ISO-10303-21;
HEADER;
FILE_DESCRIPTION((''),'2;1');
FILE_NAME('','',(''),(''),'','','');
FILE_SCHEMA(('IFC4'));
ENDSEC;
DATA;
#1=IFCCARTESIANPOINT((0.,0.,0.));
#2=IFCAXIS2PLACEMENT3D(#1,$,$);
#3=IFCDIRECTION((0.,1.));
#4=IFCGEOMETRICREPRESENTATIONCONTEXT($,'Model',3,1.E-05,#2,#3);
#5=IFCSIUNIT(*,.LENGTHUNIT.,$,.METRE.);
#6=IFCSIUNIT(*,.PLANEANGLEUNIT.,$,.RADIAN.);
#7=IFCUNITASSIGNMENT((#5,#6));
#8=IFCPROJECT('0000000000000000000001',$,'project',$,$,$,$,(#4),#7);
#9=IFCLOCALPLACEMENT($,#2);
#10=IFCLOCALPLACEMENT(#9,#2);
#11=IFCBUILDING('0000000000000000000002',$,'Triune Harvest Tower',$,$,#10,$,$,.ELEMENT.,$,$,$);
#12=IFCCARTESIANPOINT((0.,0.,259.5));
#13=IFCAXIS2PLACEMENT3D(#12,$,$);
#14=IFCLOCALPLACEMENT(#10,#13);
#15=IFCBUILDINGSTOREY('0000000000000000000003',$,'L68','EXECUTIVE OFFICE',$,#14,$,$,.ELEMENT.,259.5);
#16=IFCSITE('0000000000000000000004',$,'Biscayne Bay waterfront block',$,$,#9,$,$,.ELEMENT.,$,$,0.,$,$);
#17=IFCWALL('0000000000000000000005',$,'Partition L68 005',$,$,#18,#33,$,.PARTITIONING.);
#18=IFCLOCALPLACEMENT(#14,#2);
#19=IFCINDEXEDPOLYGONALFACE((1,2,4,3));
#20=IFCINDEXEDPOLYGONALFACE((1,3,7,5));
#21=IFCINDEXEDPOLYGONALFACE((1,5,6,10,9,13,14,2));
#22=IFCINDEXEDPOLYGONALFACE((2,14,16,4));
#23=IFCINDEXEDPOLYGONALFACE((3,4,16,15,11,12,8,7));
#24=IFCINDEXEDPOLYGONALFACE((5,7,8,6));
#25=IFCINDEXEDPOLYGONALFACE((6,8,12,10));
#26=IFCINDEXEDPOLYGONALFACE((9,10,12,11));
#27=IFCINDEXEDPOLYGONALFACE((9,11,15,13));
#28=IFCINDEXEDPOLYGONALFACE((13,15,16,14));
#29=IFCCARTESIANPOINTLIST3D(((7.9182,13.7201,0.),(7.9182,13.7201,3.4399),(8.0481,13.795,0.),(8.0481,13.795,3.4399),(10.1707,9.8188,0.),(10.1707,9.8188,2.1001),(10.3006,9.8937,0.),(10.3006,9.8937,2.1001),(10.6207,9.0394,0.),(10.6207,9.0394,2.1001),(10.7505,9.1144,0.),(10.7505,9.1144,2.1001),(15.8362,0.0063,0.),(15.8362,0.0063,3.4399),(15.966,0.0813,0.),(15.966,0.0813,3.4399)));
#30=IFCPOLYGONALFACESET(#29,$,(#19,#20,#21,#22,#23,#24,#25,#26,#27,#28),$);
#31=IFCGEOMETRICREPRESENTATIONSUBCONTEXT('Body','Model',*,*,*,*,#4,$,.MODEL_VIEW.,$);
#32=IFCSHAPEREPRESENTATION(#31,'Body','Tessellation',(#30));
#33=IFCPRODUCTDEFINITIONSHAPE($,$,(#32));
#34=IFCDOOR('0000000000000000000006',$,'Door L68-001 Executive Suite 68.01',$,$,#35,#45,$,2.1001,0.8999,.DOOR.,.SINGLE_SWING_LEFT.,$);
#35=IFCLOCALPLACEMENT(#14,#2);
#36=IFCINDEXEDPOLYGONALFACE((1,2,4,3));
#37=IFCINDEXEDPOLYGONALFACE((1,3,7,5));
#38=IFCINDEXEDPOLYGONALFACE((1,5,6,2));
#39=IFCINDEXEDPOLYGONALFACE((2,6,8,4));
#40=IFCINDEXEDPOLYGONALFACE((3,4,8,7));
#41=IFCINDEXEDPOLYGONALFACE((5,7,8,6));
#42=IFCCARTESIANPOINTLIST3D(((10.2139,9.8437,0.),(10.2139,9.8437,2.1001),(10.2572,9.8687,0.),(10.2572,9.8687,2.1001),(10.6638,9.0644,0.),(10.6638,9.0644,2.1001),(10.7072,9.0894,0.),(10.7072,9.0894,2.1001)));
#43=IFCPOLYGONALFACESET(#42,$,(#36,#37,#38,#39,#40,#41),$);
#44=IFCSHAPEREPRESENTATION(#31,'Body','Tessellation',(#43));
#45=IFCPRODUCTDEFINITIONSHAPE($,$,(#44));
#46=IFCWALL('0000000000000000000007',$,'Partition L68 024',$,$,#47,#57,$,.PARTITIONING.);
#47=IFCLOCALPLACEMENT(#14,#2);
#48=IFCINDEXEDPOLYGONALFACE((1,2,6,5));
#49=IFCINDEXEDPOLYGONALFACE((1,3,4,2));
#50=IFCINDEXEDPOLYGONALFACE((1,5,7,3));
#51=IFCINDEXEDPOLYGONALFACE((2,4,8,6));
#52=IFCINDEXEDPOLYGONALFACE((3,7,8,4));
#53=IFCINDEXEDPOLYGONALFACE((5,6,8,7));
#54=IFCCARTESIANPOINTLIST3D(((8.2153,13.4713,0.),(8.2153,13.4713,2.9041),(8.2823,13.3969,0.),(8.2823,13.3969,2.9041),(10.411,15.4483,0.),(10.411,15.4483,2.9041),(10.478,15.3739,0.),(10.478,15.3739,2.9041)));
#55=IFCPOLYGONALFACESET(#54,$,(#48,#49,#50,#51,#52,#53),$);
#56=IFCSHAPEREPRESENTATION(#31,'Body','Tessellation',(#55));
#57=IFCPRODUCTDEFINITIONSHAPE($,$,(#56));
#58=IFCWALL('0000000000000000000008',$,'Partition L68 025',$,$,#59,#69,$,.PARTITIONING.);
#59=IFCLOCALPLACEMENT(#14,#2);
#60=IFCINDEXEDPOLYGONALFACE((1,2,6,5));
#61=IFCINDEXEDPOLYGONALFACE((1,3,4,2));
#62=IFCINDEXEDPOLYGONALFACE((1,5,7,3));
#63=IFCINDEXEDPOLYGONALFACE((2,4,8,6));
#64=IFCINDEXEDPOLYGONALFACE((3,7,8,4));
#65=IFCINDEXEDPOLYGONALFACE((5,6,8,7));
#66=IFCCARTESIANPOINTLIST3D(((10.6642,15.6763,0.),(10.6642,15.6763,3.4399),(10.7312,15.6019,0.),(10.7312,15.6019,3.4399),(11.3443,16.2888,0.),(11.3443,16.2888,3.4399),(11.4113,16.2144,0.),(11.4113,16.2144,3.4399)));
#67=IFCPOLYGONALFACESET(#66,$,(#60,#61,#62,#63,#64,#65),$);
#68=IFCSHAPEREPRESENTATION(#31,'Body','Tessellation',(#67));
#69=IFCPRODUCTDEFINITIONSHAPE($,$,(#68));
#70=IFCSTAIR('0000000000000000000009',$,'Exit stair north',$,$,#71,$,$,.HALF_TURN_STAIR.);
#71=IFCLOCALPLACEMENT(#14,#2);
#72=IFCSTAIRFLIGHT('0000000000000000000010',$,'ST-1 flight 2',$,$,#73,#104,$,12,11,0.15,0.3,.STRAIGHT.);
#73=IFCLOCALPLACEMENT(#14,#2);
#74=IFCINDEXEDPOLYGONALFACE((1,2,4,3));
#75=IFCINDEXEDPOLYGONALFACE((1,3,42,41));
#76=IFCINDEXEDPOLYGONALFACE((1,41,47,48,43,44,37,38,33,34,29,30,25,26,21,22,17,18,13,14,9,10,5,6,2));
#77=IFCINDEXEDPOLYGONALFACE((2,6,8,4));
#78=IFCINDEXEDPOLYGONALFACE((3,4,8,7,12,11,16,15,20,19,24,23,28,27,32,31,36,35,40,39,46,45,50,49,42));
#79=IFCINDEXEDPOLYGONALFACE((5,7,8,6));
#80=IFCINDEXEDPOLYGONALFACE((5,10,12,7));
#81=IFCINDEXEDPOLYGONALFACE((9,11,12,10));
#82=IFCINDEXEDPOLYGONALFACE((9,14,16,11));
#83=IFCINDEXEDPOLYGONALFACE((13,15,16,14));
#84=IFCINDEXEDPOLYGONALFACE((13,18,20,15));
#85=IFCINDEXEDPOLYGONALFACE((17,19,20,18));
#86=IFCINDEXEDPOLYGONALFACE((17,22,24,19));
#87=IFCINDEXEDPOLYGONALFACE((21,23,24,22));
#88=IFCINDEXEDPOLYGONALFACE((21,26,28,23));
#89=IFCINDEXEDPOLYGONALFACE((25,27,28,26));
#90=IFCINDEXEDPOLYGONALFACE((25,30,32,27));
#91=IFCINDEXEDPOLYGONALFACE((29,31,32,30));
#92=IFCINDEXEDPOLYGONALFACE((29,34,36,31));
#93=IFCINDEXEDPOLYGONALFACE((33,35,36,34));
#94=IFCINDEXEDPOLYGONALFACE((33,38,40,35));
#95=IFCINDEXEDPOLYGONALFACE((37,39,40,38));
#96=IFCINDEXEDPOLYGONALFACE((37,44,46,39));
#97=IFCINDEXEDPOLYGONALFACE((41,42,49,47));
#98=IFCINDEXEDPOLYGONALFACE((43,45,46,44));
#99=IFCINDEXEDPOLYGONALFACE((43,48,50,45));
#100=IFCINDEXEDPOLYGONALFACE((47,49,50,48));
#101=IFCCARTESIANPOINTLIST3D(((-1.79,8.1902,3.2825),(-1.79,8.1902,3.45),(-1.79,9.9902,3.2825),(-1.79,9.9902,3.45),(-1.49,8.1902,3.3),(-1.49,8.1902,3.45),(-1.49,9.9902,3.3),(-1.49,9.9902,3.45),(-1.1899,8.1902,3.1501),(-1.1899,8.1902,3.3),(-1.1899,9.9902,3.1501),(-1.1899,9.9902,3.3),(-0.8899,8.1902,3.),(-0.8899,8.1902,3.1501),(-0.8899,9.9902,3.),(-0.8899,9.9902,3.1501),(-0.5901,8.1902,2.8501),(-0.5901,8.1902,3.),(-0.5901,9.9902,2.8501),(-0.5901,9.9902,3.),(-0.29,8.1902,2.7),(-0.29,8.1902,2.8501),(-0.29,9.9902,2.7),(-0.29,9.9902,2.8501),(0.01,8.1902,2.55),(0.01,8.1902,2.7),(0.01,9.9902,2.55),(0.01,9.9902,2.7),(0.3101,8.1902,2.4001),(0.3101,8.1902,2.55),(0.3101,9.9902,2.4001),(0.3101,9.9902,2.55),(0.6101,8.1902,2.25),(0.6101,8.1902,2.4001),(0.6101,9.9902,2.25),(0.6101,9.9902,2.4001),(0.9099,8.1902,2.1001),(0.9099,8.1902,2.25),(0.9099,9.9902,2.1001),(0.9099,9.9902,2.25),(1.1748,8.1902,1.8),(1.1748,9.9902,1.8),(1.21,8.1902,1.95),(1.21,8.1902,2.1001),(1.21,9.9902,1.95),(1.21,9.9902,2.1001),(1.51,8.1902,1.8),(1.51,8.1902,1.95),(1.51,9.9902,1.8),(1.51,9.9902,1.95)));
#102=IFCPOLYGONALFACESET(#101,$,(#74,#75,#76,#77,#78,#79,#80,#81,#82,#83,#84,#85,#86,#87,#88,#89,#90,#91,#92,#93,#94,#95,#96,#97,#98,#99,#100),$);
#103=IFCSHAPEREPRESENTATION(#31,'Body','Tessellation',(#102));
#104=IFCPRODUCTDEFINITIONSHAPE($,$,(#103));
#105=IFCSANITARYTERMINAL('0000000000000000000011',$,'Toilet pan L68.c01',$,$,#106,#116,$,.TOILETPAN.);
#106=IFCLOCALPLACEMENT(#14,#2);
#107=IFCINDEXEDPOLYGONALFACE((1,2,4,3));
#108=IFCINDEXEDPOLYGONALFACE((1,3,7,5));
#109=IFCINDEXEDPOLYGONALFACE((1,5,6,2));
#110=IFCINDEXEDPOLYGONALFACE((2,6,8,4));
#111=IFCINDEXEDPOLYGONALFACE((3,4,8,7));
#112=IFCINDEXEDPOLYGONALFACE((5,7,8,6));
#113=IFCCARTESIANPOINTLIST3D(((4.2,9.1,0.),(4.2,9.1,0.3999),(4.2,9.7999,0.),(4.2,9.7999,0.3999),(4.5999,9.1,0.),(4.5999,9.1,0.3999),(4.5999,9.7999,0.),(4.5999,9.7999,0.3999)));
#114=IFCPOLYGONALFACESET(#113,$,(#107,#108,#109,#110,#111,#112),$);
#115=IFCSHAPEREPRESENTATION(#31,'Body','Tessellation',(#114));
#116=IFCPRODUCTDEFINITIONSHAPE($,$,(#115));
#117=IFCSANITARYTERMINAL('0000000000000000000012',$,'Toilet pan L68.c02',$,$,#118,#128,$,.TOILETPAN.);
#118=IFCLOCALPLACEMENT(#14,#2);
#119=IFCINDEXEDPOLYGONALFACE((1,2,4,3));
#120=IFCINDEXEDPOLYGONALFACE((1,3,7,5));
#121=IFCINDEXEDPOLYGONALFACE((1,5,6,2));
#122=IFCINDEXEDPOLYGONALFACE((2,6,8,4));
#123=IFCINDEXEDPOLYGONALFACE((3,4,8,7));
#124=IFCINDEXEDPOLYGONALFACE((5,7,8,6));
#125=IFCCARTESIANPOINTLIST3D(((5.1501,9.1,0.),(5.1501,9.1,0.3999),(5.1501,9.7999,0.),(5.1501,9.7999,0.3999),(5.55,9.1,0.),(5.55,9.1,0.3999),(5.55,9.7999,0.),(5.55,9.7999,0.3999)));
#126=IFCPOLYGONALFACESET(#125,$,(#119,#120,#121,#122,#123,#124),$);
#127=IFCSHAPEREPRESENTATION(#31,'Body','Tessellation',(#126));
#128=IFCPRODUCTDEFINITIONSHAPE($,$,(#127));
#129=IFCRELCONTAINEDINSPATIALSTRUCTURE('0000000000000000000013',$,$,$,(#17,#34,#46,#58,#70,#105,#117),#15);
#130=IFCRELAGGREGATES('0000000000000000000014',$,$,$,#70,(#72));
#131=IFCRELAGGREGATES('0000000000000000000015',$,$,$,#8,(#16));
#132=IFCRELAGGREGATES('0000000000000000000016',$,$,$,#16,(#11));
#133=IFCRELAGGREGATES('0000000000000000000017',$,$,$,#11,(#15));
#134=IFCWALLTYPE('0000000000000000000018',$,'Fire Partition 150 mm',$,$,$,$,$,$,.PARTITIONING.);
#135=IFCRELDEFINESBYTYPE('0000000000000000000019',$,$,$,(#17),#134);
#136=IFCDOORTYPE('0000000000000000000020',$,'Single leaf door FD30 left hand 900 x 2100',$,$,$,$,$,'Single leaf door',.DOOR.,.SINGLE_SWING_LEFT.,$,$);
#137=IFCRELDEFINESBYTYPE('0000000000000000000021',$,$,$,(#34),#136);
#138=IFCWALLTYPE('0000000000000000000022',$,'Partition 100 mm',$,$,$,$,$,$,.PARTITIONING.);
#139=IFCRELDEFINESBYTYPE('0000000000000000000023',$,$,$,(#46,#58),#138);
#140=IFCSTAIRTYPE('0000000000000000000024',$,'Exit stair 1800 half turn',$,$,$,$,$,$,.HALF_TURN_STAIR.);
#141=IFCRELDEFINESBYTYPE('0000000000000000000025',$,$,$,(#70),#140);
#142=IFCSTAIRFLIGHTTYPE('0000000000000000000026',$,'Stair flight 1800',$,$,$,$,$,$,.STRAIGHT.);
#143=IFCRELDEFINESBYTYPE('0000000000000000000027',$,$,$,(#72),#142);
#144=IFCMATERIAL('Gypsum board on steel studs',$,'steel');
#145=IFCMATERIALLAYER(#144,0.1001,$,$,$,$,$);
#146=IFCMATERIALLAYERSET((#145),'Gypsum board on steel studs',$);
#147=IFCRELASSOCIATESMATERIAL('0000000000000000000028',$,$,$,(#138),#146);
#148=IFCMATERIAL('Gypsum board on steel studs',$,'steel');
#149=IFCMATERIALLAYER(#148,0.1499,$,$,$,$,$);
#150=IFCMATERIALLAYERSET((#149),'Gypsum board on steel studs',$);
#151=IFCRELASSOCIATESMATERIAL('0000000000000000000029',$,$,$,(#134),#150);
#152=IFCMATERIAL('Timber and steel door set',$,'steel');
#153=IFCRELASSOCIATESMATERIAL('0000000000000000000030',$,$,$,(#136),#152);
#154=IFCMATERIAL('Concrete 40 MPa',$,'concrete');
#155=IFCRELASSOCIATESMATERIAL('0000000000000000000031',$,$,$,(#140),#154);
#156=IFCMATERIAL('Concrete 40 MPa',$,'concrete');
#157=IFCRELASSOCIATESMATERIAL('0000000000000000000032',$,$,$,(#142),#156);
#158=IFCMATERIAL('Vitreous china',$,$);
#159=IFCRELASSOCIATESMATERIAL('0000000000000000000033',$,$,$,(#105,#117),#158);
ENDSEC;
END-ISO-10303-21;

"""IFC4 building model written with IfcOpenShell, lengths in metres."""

from ifc_helpers import new_model, si_unit, direction, frame, frame_2d, origin, origin_2d, place, context, subcontext, project, spatial, polyline, rectangle, outline, extrude, source, transform, mapped, material, layer, layer_set, type_object, element, fill, aggregate, save


model = new_model("IFC4")

# Units and contexts
model_context = context("Model", 3, precision=1e-05, world=origin(), true_north=direction((0.0, 1.0)))
body_context = subcontext(model_context, "Body", "Model", "MODEL_VIEW")
ifc_project = project(units=[si_unit("LENGTHUNIT", "METRE"), si_unit("PLANEANGLEUNIT", "RADIAN")], contexts=[model_context])

# Site, building, storey
site_placement = place(None, origin())
site = spatial("IfcSite", under=ifc_project, at=site_placement, Name="Biscayne Bay waterfront block", CompositionType="ELEMENT", RefElevation=0.0)
building_placement = place(site_placement, origin())
building = spatial("IfcBuilding", under=site, at=building_placement, Name="Triune Harvest Tower", CompositionType="ELEMENT")
storey_placement = place(building_placement, frame((0.0, 0.0, 259.5)))
storey = spatial("IfcBuildingStorey", under=building, at=storey_placement, Name="L68", Description="EXECUTIVE OFFICE", CompositionType="ELEMENT", Elevation=259.5)

# Shared definitions
ifc_material_1 = material(Name="Gypsum board on steel studs", Category="steel")
ifc_layer_1 = layer(ifc_material_1, 0.1001)
ifc_layer_set_1 = layer_set([ifc_layer_1], Name="Gypsum board on steel studs")
wall_type_1 = type_object("IfcWallType", Name="Partition 100 mm", PredefinedType="PARTITIONING", material=ifc_layer_set_1)

# Wall, opening, door
ifc_material_2 = material(Name="Gypsum board on steel studs", Category="steel")
ifc_layer_2 = layer(ifc_material_2, 0.1499)
ifc_layer_set_2 = layer_set([ifc_layer_2], Name="Gypsum board on steel studs")
wall_type_2 = type_object("IfcWallType", Name="Fire Partition 150 mm", PredefinedType="PARTITIONING", material=ifc_layer_set_2)
shared_shape_1 = source(origin(), body_context, "Body", "SweptSolid", [
    extrude(rectangle(XDim=15.8354, YDim=0.1499, at=frame_2d((7.9177, 0.0))), origin(), (0.0, 0.0, 1.0), 3.4399),
])
wall_1_placement = place(storey_placement, frame((7.9832, 13.7576, 0.0), z_axis=(0.0, 0.0, 1.0), x_axis=(0.500012, -0.866018, 0.0)))
wall_1 = element("IfcWall", 1, at=wall_1_placement, inside=storey, type_object=wall_type_2, Name="Partition L68 005", PredefinedType="PARTITIONING", context=body_context, shape_type="MappedRepresentation", body=[
    mapped(shared_shape_1, transform((0.0, 0.0, 0.0), scale=1.0)),
])
opening_1_placement = place(wall_1_placement, frame((4.5049, 0.0, 0.0)))
opening_1 = element("IfcOpeningElement", 2, at=opening_1_placement, cuts=wall_1, PredefinedType="OPENING", context=body_context, shape_type="SweptSolid", body=[
    extrude(rectangle(XDim=0.8999, YDim=2.1001, at=frame_2d((0.45, 1.05))), frame((0.0, 0.085, 0.0), z_axis=(0.0, -1.0, 0.0), x_axis=(1.0, 0.0, 0.0)), (0.0, 0.0, 1.0), 0.1699),
])
ifc_material_3 = material(Name="Timber and steel door set", Category="steel")
door_type_1 = type_object("IfcDoorType", Name="Single leaf door FD30 left hand 900 x 2100", ElementType="Single leaf door", OperationType="SINGLE_SWING_LEFT", PredefinedType="DOOR", material=ifc_material_3)
door_1_placement = place(opening_1_placement, origin())
door_1 = element("IfcDoor", 3, at=door_1_placement, inside=storey, type_object=door_type_1, Name="Door L68-001 Executive Suite 68.01", OperationType="SINGLE_SWING_LEFT", OverallHeight=2.1001, OverallWidth=0.8999, PredefinedType="DOOR", context=body_context, shape_type="SweptSolid", body=[
    extrude(rectangle(XDim=0.8999, YDim=2.1001, at=frame_2d((0.45, 1.05))), frame((0.0, 0.0249, 0.0), z_axis=(0.0, -1.0, 0.0), x_axis=(1.0, 0.0, 0.0)), (0.0, 0.0, 1.0), 0.05),
])
fill(opening_1, door_1)

# Walls
shared_shape_2 = source(origin(), body_context, "Body", "SweptSolid", [
    extrude(rectangle(XDim=2.9546, YDim=0.1001, at=frame_2d((1.4773, 0.0))), origin(), (0.0, 0.0, 1.0), 2.9041),
])
wall_2_placement = place(storey_placement, frame((8.2488, 13.4341, 0.0), z_axis=(0.0, 0.0, 1.0), x_axis=(0.743154, 0.66912, 0.0)))
element("IfcWall", 4, at=wall_2_placement, inside=storey, type_object=wall_type_1, Name="Partition L68 024", PredefinedType="PARTITIONING", context=body_context, shape_type="MappedRepresentation", body=[
    mapped(shared_shape_2, transform((0.0, 0.0, 0.0), scale=1.0)),
])
shared_shape_3 = source(origin(), body_context, "Body", "SweptSolid", [
    extrude(rectangle(XDim=0.9153, YDim=0.1001, at=frame_2d((0.4575, 0.0))), origin(), (0.0, 0.0, 1.0), 3.4399),
])
wall_3_placement = place(storey_placement, frame((10.6978, 15.6392, 0.0), z_axis=(0.0, 0.0, 1.0), x_axis=(0.743082, 0.6692, 0.0)))
element("IfcWall", 5, at=wall_3_placement, inside=storey, type_object=wall_type_1, Name="Partition L68 025", PredefinedType="PARTITIONING", context=body_context, shape_type="MappedRepresentation", body=[
    mapped(shared_shape_3, transform((0.0, 0.0, 0.0), scale=1.0)),
])

# Stair, stair flight
ifc_material_4 = material(Name="Concrete 40 MPa", Category="concrete")
stair_type = type_object("IfcStairType", Name="Exit stair 1800 half turn", PredefinedType="HALF_TURN_STAIR", material=ifc_material_4)
stair_placement = place(storey_placement, origin())
stair = element("IfcStair", 6, at=stair_placement, inside=storey, type_object=stair_type, Name="Exit stair north", PredefinedType="HALF_TURN_STAIR")
ifc_material_5 = material(Name="Concrete 40 MPa", Category="concrete")
stair_flight_type = type_object("IfcStairFlightType", Name="Stair flight 1800", PredefinedType="STRAIGHT", material=ifc_material_5)
shared_shape_4 = source(origin(), body_context, "Body", "SweptSolid", [
    extrude(outline(polyline([(0.0, 0.0), (0.0, 0.1499), (0.3, 0.1499), (0.3, 0.3), (0.6001, 0.3), (0.6001, 0.45), (0.8999, 0.45), (0.8999, 0.6001), (1.2, 0.6001), (1.2, 0.75), (1.5, 0.75), (1.5, 0.8999), (1.8, 0.8999), (1.8, 1.05), (2.1001, 1.05), (2.1001, 1.2), (2.3999, 1.2), (2.3999, 1.3501), (2.7, 1.3501), (2.7, 1.5), (3.0, 1.5), (3.0, 1.6499), (3.3, 1.6499), (3.3, 1.8), (3.3, 1.4824), (0.3352, 0.0), (0.0, 0.0)])), frame((0.0, 0.8999, 0.0), z_axis=(0.0, -1.0, 0.0), x_axis=(1.0, 0.0, 0.0)), (0.0, 0.0, 1.0), 1.8),
])
stair_flight_placement = place(storey_placement, frame((1.51, 9.0901, 1.8), z_axis=(0.0, 0.0, 1.0), x_axis=(-1.0, 0.0, 0.0)))
stair_flight = element("IfcStairFlight", 7, at=stair_flight_placement, type_object=stair_flight_type, Name="ST-1 flight 2", NumberOfRisers=12, NumberOfTreads=11, PredefinedType="STRAIGHT", RiserHeight=0.15, TreadLength=0.3, context=body_context, shape_type="MappedRepresentation", body=[
    mapped(shared_shape_4, transform((0.0, 0.0, 0.0), scale=1.0)),
])
aggregate(stair, [stair_flight])

# Sanitary terminals
ifc_material_6 = material(Name="Vitreous china")
shared_shape_5 = source(origin(), body_context, "Body", "SweptSolid", [
    extrude(rectangle(XDim=0.3999, YDim=0.7, at=origin_2d()), origin(), (0.0, 0.0, 1.0), 0.3999),
])
for number, where, z_axis, x_axis, name in (
    (8, (4.3999, 9.45, 0.0), (0.0, 0.0, 1.0), (1.0, 0.0, 0.0), "Toilet pan L68.c01"),
    (9, (5.3501, 9.45, 0.0), (0.0, 0.0, 1.0), (1.0, 0.0, 0.0), "Toilet pan L68.c02"),
):
    element("IfcSanitaryTerminal", number, at=place(storey_placement, frame(where, z_axis=z_axis, x_axis=x_axis)), inside=storey, material=ifc_material_6, Name=name, PredefinedType="TOILETPAN", context=body_context, shape_type="MappedRepresentation", body=[
        mapped(shared_shape_5, transform((0.0, 0.0, 0.0), scale=1.0)),
    ])

save(model, "model.ifc")
